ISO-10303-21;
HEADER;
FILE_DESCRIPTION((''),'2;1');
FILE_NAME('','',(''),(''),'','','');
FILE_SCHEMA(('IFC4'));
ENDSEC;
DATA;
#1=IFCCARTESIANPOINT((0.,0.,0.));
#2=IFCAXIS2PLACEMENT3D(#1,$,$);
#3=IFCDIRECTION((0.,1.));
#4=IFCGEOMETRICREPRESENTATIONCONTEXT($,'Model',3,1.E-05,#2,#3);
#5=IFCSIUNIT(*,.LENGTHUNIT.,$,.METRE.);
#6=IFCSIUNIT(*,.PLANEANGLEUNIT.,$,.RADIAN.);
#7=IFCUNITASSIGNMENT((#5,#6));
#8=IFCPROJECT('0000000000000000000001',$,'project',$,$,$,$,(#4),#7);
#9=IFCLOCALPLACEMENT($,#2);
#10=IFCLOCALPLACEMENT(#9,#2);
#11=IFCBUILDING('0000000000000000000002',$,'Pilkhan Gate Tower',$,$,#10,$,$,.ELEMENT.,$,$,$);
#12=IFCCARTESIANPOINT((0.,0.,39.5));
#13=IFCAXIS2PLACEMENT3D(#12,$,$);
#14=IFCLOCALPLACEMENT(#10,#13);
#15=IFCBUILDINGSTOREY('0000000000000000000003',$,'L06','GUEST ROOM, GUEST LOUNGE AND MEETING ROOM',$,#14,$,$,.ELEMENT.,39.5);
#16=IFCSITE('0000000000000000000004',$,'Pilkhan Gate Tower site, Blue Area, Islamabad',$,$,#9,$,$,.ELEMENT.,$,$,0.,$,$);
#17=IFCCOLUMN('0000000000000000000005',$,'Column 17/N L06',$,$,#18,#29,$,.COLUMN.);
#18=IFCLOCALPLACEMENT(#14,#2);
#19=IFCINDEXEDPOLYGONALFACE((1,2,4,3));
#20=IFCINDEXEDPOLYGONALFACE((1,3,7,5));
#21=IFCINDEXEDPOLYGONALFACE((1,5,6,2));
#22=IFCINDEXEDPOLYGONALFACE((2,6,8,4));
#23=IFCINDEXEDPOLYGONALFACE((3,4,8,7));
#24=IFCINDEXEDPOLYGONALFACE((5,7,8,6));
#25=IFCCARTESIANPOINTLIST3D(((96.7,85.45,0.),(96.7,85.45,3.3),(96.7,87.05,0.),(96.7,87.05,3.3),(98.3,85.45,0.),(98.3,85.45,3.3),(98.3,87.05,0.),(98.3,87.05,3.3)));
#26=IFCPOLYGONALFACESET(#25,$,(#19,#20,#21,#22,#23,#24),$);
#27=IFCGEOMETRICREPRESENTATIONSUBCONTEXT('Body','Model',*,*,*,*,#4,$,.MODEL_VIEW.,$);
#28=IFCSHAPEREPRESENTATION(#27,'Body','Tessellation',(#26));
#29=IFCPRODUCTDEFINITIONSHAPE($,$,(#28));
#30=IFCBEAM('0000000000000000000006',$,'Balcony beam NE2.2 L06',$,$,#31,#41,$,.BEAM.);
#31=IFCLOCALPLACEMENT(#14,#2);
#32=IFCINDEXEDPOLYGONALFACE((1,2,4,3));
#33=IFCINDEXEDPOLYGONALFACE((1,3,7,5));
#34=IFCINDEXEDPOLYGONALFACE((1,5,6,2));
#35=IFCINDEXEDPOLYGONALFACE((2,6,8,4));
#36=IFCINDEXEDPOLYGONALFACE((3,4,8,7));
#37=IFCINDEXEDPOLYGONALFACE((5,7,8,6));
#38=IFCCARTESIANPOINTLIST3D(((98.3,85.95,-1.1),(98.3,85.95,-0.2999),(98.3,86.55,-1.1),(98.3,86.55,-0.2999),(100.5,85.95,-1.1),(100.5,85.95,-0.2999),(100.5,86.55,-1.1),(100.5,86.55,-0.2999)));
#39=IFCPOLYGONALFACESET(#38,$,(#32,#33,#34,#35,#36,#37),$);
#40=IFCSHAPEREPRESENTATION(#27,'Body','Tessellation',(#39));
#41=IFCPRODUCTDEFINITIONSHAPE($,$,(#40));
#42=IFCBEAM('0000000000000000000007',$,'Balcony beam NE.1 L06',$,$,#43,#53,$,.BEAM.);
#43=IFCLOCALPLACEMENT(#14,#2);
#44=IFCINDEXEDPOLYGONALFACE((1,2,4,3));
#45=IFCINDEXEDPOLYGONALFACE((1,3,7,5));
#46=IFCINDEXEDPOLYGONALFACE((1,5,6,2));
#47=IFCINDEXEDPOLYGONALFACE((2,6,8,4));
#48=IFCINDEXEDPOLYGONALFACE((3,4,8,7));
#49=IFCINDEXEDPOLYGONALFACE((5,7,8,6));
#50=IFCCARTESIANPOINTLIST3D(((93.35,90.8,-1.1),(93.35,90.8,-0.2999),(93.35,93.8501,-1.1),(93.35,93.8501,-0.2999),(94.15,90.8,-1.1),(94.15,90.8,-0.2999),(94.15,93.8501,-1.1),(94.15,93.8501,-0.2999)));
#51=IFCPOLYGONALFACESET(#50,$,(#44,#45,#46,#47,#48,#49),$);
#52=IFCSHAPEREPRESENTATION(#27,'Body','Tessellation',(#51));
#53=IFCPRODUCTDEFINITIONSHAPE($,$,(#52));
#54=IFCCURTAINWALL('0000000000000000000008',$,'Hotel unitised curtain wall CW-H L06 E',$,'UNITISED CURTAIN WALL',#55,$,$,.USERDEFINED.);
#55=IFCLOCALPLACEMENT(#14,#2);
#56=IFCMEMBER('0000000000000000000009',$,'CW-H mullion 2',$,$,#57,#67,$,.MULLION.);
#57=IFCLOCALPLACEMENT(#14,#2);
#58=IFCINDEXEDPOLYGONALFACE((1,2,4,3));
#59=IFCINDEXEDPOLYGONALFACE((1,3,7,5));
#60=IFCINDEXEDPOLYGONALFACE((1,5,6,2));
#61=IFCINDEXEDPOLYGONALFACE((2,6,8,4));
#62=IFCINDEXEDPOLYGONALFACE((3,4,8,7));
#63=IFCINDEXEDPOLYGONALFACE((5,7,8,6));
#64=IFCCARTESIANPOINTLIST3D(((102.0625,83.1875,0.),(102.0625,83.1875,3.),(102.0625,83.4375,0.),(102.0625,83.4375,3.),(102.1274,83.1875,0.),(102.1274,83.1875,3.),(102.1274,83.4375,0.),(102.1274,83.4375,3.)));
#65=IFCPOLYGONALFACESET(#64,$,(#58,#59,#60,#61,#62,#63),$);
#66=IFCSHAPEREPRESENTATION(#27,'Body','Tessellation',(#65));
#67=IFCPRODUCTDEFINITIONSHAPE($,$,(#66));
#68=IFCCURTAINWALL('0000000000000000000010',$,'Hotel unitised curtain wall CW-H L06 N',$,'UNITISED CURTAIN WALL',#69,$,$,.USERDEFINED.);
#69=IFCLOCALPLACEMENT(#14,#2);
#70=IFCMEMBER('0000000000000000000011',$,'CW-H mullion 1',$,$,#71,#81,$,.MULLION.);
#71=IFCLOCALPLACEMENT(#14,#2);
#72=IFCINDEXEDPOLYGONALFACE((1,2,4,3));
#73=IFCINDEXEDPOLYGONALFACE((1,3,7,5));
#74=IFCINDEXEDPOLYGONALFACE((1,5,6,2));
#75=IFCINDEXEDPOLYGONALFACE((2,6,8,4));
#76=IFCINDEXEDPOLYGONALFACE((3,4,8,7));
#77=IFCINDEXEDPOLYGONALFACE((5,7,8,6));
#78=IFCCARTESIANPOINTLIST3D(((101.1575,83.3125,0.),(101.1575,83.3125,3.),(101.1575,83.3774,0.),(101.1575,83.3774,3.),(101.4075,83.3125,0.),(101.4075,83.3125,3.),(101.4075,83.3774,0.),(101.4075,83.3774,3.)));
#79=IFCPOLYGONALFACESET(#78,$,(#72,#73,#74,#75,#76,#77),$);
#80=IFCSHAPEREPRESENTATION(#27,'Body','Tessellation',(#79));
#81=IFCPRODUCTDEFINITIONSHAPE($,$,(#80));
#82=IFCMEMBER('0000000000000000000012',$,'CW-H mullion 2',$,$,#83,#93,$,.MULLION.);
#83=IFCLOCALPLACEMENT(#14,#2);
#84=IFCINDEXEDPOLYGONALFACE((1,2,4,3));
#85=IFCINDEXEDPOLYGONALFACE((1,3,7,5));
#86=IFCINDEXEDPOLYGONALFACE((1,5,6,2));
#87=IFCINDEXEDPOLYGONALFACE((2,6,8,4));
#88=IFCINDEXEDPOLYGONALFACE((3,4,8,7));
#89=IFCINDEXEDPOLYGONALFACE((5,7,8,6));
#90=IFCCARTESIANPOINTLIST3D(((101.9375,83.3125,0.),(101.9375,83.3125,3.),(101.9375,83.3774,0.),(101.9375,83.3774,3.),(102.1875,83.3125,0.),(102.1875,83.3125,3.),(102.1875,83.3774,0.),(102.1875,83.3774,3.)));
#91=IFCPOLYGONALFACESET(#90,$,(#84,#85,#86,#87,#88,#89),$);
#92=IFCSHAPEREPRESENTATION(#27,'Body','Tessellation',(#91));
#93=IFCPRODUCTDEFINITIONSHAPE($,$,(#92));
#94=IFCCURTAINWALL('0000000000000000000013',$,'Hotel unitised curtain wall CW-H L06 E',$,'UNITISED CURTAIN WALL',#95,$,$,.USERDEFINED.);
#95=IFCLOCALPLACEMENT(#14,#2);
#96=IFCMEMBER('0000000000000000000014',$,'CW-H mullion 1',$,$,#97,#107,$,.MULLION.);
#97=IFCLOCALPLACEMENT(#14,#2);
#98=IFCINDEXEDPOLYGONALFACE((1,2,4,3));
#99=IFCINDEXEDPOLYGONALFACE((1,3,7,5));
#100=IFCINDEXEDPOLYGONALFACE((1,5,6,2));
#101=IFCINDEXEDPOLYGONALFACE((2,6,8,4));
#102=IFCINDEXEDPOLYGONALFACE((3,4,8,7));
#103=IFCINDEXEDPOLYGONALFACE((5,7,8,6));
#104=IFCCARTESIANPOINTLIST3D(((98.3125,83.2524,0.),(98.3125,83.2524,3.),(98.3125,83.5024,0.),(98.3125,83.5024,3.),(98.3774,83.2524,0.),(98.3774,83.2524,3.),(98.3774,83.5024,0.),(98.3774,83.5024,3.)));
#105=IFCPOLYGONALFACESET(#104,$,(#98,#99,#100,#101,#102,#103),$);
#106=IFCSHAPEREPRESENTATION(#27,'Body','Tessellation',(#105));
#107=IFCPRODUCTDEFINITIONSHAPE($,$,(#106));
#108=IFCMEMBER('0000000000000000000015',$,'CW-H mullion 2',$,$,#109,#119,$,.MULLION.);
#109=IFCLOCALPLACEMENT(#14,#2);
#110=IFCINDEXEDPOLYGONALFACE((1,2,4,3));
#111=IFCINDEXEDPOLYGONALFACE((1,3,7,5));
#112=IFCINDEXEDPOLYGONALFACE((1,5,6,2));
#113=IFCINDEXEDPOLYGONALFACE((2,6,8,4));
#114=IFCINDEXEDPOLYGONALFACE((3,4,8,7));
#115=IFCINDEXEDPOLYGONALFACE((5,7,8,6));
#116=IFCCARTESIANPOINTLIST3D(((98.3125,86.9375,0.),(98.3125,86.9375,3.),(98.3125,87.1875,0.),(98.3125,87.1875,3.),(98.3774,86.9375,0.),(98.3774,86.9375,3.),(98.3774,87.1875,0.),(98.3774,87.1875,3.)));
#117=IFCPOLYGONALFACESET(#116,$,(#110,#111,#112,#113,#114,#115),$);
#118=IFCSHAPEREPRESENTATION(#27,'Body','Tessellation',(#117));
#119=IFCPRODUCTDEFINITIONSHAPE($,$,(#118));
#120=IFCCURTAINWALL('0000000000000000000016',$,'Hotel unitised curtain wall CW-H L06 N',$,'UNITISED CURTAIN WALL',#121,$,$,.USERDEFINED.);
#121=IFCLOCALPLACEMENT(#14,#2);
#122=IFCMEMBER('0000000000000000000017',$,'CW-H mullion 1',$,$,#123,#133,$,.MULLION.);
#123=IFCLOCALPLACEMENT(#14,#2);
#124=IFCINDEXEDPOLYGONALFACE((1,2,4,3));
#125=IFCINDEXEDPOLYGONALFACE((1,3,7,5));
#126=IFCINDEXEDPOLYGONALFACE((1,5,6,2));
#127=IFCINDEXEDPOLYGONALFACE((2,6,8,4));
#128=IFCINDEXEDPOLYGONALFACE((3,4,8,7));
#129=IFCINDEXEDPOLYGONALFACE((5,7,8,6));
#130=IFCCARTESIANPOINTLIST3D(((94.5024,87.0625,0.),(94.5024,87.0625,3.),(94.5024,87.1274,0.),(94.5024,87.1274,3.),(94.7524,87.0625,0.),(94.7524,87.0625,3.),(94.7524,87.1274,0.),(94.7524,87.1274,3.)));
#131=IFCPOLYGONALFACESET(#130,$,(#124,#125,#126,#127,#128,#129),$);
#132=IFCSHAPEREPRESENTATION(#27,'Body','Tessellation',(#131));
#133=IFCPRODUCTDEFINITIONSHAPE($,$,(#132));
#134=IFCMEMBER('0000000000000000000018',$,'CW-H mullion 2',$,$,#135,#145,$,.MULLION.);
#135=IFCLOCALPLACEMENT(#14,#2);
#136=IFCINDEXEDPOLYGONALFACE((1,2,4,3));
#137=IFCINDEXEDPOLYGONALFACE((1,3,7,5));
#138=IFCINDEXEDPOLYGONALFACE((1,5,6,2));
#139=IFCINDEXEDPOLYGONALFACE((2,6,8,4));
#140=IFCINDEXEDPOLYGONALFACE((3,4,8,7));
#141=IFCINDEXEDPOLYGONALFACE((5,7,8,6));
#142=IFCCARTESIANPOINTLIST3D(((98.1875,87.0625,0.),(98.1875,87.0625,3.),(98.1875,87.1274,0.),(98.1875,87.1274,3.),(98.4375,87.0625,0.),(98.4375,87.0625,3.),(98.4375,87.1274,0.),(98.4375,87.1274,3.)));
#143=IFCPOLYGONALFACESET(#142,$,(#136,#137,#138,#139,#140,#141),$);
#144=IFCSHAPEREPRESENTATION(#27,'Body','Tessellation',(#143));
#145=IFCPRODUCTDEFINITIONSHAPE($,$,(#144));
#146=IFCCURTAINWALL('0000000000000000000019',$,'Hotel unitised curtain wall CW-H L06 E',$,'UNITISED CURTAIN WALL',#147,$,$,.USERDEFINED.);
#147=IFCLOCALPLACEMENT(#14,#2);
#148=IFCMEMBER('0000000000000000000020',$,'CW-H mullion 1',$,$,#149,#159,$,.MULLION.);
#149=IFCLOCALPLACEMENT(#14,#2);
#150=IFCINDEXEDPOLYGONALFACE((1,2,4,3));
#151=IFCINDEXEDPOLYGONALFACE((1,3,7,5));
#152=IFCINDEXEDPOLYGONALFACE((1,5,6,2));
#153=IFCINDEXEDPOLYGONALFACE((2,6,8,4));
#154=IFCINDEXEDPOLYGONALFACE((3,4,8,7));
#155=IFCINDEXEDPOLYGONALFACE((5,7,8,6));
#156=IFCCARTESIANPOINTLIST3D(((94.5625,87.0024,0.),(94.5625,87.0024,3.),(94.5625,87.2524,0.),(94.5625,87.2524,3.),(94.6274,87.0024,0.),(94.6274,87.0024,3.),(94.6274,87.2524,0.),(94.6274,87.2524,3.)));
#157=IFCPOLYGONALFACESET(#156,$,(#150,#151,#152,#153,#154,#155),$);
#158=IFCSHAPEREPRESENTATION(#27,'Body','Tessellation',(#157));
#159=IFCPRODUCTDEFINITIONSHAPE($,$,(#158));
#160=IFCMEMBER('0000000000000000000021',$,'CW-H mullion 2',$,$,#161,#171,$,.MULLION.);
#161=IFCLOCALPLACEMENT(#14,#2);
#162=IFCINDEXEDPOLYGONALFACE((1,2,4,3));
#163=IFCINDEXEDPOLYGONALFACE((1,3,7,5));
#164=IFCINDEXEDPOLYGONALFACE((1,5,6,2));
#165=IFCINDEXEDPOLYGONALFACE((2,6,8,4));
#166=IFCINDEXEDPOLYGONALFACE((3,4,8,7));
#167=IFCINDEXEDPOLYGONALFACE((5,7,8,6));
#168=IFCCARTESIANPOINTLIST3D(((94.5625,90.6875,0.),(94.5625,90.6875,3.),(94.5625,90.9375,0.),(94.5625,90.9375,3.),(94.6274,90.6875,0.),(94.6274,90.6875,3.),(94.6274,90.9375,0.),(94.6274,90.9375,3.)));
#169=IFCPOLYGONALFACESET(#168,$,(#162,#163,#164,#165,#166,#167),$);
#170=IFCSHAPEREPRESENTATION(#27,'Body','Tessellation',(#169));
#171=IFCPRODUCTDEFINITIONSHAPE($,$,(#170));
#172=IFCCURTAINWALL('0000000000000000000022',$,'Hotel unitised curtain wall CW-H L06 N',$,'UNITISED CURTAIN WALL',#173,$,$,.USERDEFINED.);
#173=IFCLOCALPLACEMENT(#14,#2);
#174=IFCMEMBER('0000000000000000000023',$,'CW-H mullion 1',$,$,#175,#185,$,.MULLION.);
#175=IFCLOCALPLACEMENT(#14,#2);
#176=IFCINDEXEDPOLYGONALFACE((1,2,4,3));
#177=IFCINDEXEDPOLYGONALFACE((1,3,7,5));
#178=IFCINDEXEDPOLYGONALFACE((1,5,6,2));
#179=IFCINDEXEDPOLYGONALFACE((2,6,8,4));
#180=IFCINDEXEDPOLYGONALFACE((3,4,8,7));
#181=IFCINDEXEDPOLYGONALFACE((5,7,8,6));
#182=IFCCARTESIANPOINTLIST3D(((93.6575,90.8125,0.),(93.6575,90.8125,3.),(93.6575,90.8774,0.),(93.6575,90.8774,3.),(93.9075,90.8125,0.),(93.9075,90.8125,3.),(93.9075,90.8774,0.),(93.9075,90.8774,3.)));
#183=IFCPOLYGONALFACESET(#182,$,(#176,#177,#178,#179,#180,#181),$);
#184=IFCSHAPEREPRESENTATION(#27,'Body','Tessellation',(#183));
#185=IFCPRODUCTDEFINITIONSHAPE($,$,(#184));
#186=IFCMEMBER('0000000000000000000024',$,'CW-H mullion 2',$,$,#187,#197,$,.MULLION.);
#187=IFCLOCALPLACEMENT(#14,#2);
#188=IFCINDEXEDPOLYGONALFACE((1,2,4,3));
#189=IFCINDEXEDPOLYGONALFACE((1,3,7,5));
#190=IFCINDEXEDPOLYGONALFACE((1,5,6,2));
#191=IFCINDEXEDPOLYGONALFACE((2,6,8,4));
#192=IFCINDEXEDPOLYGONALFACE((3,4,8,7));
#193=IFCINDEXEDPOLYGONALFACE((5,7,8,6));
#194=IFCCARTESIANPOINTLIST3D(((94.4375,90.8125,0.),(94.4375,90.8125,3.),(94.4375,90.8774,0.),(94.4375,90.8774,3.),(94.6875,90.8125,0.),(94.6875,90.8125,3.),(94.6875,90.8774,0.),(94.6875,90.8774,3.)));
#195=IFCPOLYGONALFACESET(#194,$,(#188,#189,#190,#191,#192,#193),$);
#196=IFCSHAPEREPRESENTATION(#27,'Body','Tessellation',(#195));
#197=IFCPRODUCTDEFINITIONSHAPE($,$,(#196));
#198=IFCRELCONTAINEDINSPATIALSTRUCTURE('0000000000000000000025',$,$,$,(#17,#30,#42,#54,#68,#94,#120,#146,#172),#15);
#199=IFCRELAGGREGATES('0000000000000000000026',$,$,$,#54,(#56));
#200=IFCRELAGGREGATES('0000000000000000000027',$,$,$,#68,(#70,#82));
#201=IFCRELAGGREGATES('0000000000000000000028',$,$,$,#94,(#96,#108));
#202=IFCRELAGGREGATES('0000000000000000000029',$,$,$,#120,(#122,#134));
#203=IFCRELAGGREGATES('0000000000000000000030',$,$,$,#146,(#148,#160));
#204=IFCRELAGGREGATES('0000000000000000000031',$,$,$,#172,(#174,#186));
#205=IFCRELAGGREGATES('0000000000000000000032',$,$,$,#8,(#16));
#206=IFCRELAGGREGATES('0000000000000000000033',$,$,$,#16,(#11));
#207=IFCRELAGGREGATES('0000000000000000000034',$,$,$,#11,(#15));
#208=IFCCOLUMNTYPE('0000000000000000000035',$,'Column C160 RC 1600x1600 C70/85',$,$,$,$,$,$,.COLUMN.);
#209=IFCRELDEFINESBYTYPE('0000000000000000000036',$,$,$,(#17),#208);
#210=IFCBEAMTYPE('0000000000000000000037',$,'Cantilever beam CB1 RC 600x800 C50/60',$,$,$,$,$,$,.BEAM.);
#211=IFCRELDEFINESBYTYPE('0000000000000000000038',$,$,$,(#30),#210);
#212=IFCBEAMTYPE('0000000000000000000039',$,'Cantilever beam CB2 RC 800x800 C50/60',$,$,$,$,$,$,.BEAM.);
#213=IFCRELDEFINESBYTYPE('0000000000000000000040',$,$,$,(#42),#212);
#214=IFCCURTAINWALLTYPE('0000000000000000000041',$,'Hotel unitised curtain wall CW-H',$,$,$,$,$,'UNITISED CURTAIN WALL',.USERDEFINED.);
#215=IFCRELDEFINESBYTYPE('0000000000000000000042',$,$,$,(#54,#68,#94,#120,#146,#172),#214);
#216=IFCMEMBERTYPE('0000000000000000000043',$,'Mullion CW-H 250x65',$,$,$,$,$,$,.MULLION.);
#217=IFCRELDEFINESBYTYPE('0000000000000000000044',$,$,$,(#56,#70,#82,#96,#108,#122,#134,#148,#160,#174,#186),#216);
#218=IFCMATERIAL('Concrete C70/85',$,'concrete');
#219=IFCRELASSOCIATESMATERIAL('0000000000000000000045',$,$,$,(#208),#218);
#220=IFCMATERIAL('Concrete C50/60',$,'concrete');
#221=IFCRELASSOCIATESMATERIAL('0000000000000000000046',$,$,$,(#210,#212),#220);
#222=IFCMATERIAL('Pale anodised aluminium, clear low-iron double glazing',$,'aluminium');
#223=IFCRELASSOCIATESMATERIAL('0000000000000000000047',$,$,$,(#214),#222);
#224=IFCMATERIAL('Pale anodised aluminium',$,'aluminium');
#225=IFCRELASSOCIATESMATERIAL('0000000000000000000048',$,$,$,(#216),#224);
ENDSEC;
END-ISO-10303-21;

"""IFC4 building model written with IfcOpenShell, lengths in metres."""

from ifc_helpers import new_model, si_unit, direction, frame, origin, origin_2d, place, context, subcontext, project, spatial, rectangle, extrude, material, material_profile, profile_set, type_object, element, aggregate, save


model = new_model("IFC4")

# Units and contexts
model_context = context("Model", 3, precision=1e-05, world=origin(), true_north=direction((0.0, 1.0)))
body_context = subcontext(model_context, "Body", "Model", "MODEL_VIEW")
ifc_project = project(units=[si_unit("LENGTHUNIT", "METRE"), si_unit("PLANEANGLEUNIT", "RADIAN")], contexts=[model_context])

# Site, building, storey
site_placement = place(None, origin())
site = spatial("IfcSite", under=ifc_project, at=site_placement, Name="Pilkhan Gate Tower site, Blue Area, Islamabad", CompositionType="ELEMENT", RefElevation=0.0)
building_placement = place(site_placement, origin())
building = spatial("IfcBuilding", under=site, at=building_placement, Name="Pilkhan Gate Tower", CompositionType="ELEMENT")
storey_placement = place(building_placement, frame((0.0, 0.0, 39.5)))
storey = spatial("IfcBuildingStorey", under=building, at=storey_placement, Name="L06", Description="GUEST ROOM, GUEST LOUNGE AND MEETING ROOM", CompositionType="ELEMENT", Elevation=39.5)

# Column
ifc_material_1 = material(Name="Concrete C70/85", Category="concrete")
ifc_material_profile_1 = material_profile(ifc_material_1, rectangle(XDim=1.6001, YDim=1.6001, at=origin_2d()), Name="RC 1600x1600")
ifc_profile_set_1 = profile_set([ifc_material_profile_1], Name="Concrete C70/85")
column_type = type_object("IfcColumnType", Name="Column C160 RC 1600x1600 C70/85", PredefinedType="COLUMN", material=ifc_profile_set_1)
column_placement = place(storey_placement, frame((97.5, 86.25, 0.0), z_axis=(0.0, 0.0, 1.0), x_axis=(1.0, 0.0, 0.0)))
element("IfcColumn", 1, at=column_placement, inside=storey, type_object=column_type, Name="Column 17/N L06", PredefinedType="COLUMN", context=body_context, shape_type="SweptSolid", body=[
    extrude(rectangle(XDim=1.6001, YDim=1.6001, at=origin_2d()), origin(), (0.0, 0.0, 1.0), 3.3),
])

# Beams
ifc_material_2 = material(Name="Concrete C50/60", Category="concrete")
ifc_material_profile_2 = material_profile(ifc_material_2, rectangle(XDim=0.6001, YDim=0.8, at=origin_2d()), Name="RC 600x800")
ifc_profile_set_2 = profile_set([ifc_material_profile_2], Name="Concrete C50/60")
beam_type_1 = type_object("IfcBeamType", Name="Cantilever beam CB1 RC 600x800 C50/60", PredefinedType="BEAM", material=ifc_profile_set_2)
beam_1_placement = place(storey_placement, frame((98.3, 86.25, -0.7), z_axis=(1.0, 0.0, 0.0), x_axis=(0.0, 1.0, 0.0)))
element("IfcBeam", 2, at=beam_1_placement, inside=storey, type_object=beam_type_1, Name="Balcony beam NE2.2 L06", PredefinedType="BEAM", context=body_context, shape_type="SweptSolid", body=[
    extrude(rectangle(XDim=0.6001, YDim=0.8, at=origin_2d()), origin(), (0.0, 0.0, 1.0), 2.2),
])
ifc_material_profile_3 = material_profile(ifc_material_2, rectangle(XDim=0.8, YDim=0.8, at=origin_2d()), Name="RC 800x800")
ifc_profile_set_3 = profile_set([ifc_material_profile_3], Name="Concrete C50/60")
beam_type_2 = type_object("IfcBeamType", Name="Cantilever beam CB2 RC 800x800 C50/60", PredefinedType="BEAM", material=ifc_profile_set_3)
beam_2_placement = place(storey_placement, frame((93.75, 90.8, -0.7), z_axis=(0.0, 1.0, 0.0), x_axis=(-1.0, 0.0, 0.0)))
element("IfcBeam", 3, at=beam_2_placement, inside=storey, type_object=beam_type_2, Name="Balcony beam NE.1 L06", PredefinedType="BEAM", context=body_context, shape_type="SweptSolid", body=[
    extrude(rectangle(XDim=0.8, YDim=0.8, at=origin_2d()), origin(), (0.0, 0.0, 1.0), 3.05),
])

# Curtain wall, member
ifc_material_3 = material(Name="Pale anodised aluminium, clear low-iron double glazing", Category="aluminium")
curtain_wall_type = type_object("IfcCurtainWallType", Name="Hotel unitised curtain wall CW-H", ElementType="UNITISED CURTAIN WALL", PredefinedType="USERDEFINED", material=ifc_material_3)
curtain_wall_1_placement = place(storey_placement, origin())
curtain_wall_1 = element("IfcCurtainWall", 4, at=curtain_wall_1_placement, inside=storey, type_object=curtain_wall_type, Name="Hotel unitised curtain wall CW-H L06 E", ObjectType="UNITISED CURTAIN WALL", PredefinedType="USERDEFINED")
ifc_material_4 = material(Name="Pale anodised aluminium", Category="aluminium")
ifc_material_profile_4 = material_profile(ifc_material_4, rectangle(XDim=0.0649, YDim=0.25, at=origin_2d()), Name="Mullion 250x65")
ifc_profile_set_4 = profile_set([ifc_material_profile_4], Name="Pale anodised aluminium")
member_type_1 = type_object("IfcMemberType", Name="Mullion CW-H 250x65", PredefinedType="MULLION", material=ifc_profile_set_4)
member_1_placement = place(storey_placement, frame((102.095, 83.3125, 0.0), z_axis=(0.0, 0.0, 1.0), x_axis=(-1.0, 0.0, 0.0)))
member_1 = element("IfcMember", 5, at=member_1_placement, type_object=member_type_1, Name="CW-H mullion 2", PredefinedType="MULLION", context=body_context, shape_type="SweptSolid", body=[
    extrude(rectangle(XDim=0.0649, YDim=0.25, at=origin_2d()), origin(), (0.0, 0.0, 1.0), 3.0),
])
aggregate(curtain_wall_1, [member_1])

# Curtain walls, members
curtain_wall_2_placement = place(storey_placement, origin())
curtain_wall_2 = element("IfcCurtainWall", 6, at=curtain_wall_2_placement, inside=storey, type_object=curtain_wall_type, Name="Hotel unitised curtain wall CW-H L06 N", ObjectType="UNITISED CURTAIN WALL", PredefinedType="USERDEFINED")
member_2_placement = place(storey_placement, frame((101.2825, 83.345, 0.0), z_axis=(0.0, 0.0, 1.0), x_axis=(0.0, 1.0, 0.0)))
member_2 = element("IfcMember", 7, at=member_2_placement, type_object=member_type_1, Name="CW-H mullion 1", PredefinedType="MULLION", context=body_context, shape_type="SweptSolid", body=[
    extrude(rectangle(XDim=0.0649, YDim=0.25, at=origin_2d()), origin(), (0.0, 0.0, 1.0), 3.0),
])
member_3_placement = place(storey_placement, frame((102.0625, 83.345, 0.0), z_axis=(0.0, 0.0, 1.0), x_axis=(0.0, 1.0, 0.0)))
member_3 = element("IfcMember", 8, at=member_3_placement, type_object=member_type_1, Name="CW-H mullion 2", PredefinedType="MULLION", context=body_context, shape_type="SweptSolid", body=[
    extrude(rectangle(XDim=0.0649, YDim=0.25, at=origin_2d()), origin(), (0.0, 0.0, 1.0), 3.0),
])
curtain_wall_3_placement = place(storey_placement, origin())
curtain_wall_3 = element("IfcCurtainWall", 9, at=curtain_wall_3_placement, inside=storey, type_object=curtain_wall_type, Name="Hotel unitised curtain wall CW-H L06 E", ObjectType="UNITISED CURTAIN WALL", PredefinedType="USERDEFINED")
member_4_placement = place(storey_placement, frame((98.345, 83.3774, 0.0), z_axis=(0.0, 0.0, 1.0), x_axis=(-1.0, 0.0, 0.0)))
member_4 = element("IfcMember", 10, at=member_4_placement, type_object=member_type_1, Name="CW-H mullion 1", PredefinedType="MULLION", context=body_context, shape_type="SweptSolid", body=[
    extrude(rectangle(XDim=0.0649, YDim=0.25, at=origin_2d()), origin(), (0.0, 0.0, 1.0), 3.0),
])
member_5_placement = place(storey_placement, frame((98.345, 87.0625, 0.0), z_axis=(0.0, 0.0, 1.0), x_axis=(-1.0, 0.0, 0.0)))
member_5 = element("IfcMember", 11, at=member_5_placement, type_object=member_type_1, Name="CW-H mullion 2", PredefinedType="MULLION", context=body_context, shape_type="SweptSolid", body=[
    extrude(rectangle(XDim=0.0649, YDim=0.25, at=origin_2d()), origin(), (0.0, 0.0, 1.0), 3.0),
])
curtain_wall_4_placement = place(storey_placement, origin())
curtain_wall_4 = element("IfcCurtainWall", 12, at=curtain_wall_4_placement, inside=storey, type_object=curtain_wall_type, Name="Hotel unitised curtain wall CW-H L06 N", ObjectType="UNITISED CURTAIN WALL", PredefinedType="USERDEFINED")
member_6_placement = place(storey_placement, frame((94.6274, 87.095, 0.0), z_axis=(0.0, 0.0, 1.0), x_axis=(0.0, 1.0, 0.0)))
member_6 = element("IfcMember", 13, at=member_6_placement, type_object=member_type_1, Name="CW-H mullion 1", PredefinedType="MULLION", context=body_context, shape_type="SweptSolid", body=[
    extrude(rectangle(XDim=0.0649, YDim=0.25, at=origin_2d()), origin(), (0.0, 0.0, 1.0), 3.0),
])
member_7_placement = place(storey_placement, frame((98.3125, 87.095, 0.0), z_axis=(0.0, 0.0, 1.0), x_axis=(0.0, 1.0, 0.0)))
member_7 = element("IfcMember", 14, at=member_7_placement, type_object=member_type_1, Name="CW-H mullion 2", PredefinedType="MULLION", context=body_context, shape_type="SweptSolid", body=[
    extrude(rectangle(XDim=0.0649, YDim=0.25, at=origin_2d()), origin(), (0.0, 0.0, 1.0), 3.0),
])
curtain_wall_5_placement = place(storey_placement, origin())
curtain_wall_5 = element("IfcCurtainWall", 15, at=curtain_wall_5_placement, inside=storey, type_object=curtain_wall_type, Name="Hotel unitised curtain wall CW-H L06 E", ObjectType="UNITISED CURTAIN WALL", PredefinedType="USERDEFINED")
member_8_placement = place(storey_placement, frame((94.595, 87.1274, 0.0), z_axis=(0.0, 0.0, 1.0), x_axis=(-1.0, 0.0, 0.0)))
member_8 = element("IfcMember", 16, at=member_8_placement, type_object=member_type_1, Name="CW-H mullion 1", PredefinedType="MULLION", context=body_context, shape_type="SweptSolid", body=[
    extrude(rectangle(XDim=0.0649, YDim=0.25, at=origin_2d()), origin(), (0.0, 0.0, 1.0), 3.0),
])
member_9_placement = place(storey_placement, frame((94.595, 90.8125, 0.0), z_axis=(0.0, 0.0, 1.0), x_axis=(-1.0, 0.0, 0.0)))
member_9 = element("IfcMember", 17, at=member_9_placement, type_object=member_type_1, Name="CW-H mullion 2", PredefinedType="MULLION", context=body_context, shape_type="SweptSolid", body=[
    extrude(rectangle(XDim=0.0649, YDim=0.25, at=origin_2d()), origin(), (0.0, 0.0, 1.0), 3.0),
])
curtain_wall_6_placement = place(storey_placement, origin())
curtain_wall_6 = element("IfcCurtainWall", 18, at=curtain_wall_6_placement, inside=storey, type_object=curtain_wall_type, Name="Hotel unitised curtain wall CW-H L06 N", ObjectType="UNITISED CURTAIN WALL", PredefinedType="USERDEFINED")
member_10_placement = place(storey_placement, frame((93.7825, 90.845, 0.0), z_axis=(0.0, 0.0, 1.0), x_axis=(0.0, 1.0, 0.0)))
member_10 = element("IfcMember", 19, at=member_10_placement, type_object=member_type_1, Name="CW-H mullion 1", PredefinedType="MULLION", context=body_context, shape_type="SweptSolid", body=[
    extrude(rectangle(XDim=0.0649, YDim=0.25, at=origin_2d()), origin(), (0.0, 0.0, 1.0), 3.0),
])
member_11_placement = place(storey_placement, frame((94.5625, 90.845, 0.0), z_axis=(0.0, 0.0, 1.0), x_axis=(0.0, 1.0, 0.0)))
member_11 = element("IfcMember", 20, at=member_11_placement, type_object=member_type_1, Name="CW-H mullion 2", PredefinedType="MULLION", context=body_context, shape_type="SweptSolid", body=[
    extrude(rectangle(XDim=0.0649, YDim=0.25, at=origin_2d()), origin(), (0.0, 0.0, 1.0), 3.0),
])

aggregate(curtain_wall_2, [member_2, member_3])
aggregate(curtain_wall_3, [member_4, member_5])
aggregate(curtain_wall_4, [member_6, member_7])
aggregate(curtain_wall_5, [member_8, member_9])
aggregate(curtain_wall_6, [member_10, member_11])

save(model, "model.ifc")
